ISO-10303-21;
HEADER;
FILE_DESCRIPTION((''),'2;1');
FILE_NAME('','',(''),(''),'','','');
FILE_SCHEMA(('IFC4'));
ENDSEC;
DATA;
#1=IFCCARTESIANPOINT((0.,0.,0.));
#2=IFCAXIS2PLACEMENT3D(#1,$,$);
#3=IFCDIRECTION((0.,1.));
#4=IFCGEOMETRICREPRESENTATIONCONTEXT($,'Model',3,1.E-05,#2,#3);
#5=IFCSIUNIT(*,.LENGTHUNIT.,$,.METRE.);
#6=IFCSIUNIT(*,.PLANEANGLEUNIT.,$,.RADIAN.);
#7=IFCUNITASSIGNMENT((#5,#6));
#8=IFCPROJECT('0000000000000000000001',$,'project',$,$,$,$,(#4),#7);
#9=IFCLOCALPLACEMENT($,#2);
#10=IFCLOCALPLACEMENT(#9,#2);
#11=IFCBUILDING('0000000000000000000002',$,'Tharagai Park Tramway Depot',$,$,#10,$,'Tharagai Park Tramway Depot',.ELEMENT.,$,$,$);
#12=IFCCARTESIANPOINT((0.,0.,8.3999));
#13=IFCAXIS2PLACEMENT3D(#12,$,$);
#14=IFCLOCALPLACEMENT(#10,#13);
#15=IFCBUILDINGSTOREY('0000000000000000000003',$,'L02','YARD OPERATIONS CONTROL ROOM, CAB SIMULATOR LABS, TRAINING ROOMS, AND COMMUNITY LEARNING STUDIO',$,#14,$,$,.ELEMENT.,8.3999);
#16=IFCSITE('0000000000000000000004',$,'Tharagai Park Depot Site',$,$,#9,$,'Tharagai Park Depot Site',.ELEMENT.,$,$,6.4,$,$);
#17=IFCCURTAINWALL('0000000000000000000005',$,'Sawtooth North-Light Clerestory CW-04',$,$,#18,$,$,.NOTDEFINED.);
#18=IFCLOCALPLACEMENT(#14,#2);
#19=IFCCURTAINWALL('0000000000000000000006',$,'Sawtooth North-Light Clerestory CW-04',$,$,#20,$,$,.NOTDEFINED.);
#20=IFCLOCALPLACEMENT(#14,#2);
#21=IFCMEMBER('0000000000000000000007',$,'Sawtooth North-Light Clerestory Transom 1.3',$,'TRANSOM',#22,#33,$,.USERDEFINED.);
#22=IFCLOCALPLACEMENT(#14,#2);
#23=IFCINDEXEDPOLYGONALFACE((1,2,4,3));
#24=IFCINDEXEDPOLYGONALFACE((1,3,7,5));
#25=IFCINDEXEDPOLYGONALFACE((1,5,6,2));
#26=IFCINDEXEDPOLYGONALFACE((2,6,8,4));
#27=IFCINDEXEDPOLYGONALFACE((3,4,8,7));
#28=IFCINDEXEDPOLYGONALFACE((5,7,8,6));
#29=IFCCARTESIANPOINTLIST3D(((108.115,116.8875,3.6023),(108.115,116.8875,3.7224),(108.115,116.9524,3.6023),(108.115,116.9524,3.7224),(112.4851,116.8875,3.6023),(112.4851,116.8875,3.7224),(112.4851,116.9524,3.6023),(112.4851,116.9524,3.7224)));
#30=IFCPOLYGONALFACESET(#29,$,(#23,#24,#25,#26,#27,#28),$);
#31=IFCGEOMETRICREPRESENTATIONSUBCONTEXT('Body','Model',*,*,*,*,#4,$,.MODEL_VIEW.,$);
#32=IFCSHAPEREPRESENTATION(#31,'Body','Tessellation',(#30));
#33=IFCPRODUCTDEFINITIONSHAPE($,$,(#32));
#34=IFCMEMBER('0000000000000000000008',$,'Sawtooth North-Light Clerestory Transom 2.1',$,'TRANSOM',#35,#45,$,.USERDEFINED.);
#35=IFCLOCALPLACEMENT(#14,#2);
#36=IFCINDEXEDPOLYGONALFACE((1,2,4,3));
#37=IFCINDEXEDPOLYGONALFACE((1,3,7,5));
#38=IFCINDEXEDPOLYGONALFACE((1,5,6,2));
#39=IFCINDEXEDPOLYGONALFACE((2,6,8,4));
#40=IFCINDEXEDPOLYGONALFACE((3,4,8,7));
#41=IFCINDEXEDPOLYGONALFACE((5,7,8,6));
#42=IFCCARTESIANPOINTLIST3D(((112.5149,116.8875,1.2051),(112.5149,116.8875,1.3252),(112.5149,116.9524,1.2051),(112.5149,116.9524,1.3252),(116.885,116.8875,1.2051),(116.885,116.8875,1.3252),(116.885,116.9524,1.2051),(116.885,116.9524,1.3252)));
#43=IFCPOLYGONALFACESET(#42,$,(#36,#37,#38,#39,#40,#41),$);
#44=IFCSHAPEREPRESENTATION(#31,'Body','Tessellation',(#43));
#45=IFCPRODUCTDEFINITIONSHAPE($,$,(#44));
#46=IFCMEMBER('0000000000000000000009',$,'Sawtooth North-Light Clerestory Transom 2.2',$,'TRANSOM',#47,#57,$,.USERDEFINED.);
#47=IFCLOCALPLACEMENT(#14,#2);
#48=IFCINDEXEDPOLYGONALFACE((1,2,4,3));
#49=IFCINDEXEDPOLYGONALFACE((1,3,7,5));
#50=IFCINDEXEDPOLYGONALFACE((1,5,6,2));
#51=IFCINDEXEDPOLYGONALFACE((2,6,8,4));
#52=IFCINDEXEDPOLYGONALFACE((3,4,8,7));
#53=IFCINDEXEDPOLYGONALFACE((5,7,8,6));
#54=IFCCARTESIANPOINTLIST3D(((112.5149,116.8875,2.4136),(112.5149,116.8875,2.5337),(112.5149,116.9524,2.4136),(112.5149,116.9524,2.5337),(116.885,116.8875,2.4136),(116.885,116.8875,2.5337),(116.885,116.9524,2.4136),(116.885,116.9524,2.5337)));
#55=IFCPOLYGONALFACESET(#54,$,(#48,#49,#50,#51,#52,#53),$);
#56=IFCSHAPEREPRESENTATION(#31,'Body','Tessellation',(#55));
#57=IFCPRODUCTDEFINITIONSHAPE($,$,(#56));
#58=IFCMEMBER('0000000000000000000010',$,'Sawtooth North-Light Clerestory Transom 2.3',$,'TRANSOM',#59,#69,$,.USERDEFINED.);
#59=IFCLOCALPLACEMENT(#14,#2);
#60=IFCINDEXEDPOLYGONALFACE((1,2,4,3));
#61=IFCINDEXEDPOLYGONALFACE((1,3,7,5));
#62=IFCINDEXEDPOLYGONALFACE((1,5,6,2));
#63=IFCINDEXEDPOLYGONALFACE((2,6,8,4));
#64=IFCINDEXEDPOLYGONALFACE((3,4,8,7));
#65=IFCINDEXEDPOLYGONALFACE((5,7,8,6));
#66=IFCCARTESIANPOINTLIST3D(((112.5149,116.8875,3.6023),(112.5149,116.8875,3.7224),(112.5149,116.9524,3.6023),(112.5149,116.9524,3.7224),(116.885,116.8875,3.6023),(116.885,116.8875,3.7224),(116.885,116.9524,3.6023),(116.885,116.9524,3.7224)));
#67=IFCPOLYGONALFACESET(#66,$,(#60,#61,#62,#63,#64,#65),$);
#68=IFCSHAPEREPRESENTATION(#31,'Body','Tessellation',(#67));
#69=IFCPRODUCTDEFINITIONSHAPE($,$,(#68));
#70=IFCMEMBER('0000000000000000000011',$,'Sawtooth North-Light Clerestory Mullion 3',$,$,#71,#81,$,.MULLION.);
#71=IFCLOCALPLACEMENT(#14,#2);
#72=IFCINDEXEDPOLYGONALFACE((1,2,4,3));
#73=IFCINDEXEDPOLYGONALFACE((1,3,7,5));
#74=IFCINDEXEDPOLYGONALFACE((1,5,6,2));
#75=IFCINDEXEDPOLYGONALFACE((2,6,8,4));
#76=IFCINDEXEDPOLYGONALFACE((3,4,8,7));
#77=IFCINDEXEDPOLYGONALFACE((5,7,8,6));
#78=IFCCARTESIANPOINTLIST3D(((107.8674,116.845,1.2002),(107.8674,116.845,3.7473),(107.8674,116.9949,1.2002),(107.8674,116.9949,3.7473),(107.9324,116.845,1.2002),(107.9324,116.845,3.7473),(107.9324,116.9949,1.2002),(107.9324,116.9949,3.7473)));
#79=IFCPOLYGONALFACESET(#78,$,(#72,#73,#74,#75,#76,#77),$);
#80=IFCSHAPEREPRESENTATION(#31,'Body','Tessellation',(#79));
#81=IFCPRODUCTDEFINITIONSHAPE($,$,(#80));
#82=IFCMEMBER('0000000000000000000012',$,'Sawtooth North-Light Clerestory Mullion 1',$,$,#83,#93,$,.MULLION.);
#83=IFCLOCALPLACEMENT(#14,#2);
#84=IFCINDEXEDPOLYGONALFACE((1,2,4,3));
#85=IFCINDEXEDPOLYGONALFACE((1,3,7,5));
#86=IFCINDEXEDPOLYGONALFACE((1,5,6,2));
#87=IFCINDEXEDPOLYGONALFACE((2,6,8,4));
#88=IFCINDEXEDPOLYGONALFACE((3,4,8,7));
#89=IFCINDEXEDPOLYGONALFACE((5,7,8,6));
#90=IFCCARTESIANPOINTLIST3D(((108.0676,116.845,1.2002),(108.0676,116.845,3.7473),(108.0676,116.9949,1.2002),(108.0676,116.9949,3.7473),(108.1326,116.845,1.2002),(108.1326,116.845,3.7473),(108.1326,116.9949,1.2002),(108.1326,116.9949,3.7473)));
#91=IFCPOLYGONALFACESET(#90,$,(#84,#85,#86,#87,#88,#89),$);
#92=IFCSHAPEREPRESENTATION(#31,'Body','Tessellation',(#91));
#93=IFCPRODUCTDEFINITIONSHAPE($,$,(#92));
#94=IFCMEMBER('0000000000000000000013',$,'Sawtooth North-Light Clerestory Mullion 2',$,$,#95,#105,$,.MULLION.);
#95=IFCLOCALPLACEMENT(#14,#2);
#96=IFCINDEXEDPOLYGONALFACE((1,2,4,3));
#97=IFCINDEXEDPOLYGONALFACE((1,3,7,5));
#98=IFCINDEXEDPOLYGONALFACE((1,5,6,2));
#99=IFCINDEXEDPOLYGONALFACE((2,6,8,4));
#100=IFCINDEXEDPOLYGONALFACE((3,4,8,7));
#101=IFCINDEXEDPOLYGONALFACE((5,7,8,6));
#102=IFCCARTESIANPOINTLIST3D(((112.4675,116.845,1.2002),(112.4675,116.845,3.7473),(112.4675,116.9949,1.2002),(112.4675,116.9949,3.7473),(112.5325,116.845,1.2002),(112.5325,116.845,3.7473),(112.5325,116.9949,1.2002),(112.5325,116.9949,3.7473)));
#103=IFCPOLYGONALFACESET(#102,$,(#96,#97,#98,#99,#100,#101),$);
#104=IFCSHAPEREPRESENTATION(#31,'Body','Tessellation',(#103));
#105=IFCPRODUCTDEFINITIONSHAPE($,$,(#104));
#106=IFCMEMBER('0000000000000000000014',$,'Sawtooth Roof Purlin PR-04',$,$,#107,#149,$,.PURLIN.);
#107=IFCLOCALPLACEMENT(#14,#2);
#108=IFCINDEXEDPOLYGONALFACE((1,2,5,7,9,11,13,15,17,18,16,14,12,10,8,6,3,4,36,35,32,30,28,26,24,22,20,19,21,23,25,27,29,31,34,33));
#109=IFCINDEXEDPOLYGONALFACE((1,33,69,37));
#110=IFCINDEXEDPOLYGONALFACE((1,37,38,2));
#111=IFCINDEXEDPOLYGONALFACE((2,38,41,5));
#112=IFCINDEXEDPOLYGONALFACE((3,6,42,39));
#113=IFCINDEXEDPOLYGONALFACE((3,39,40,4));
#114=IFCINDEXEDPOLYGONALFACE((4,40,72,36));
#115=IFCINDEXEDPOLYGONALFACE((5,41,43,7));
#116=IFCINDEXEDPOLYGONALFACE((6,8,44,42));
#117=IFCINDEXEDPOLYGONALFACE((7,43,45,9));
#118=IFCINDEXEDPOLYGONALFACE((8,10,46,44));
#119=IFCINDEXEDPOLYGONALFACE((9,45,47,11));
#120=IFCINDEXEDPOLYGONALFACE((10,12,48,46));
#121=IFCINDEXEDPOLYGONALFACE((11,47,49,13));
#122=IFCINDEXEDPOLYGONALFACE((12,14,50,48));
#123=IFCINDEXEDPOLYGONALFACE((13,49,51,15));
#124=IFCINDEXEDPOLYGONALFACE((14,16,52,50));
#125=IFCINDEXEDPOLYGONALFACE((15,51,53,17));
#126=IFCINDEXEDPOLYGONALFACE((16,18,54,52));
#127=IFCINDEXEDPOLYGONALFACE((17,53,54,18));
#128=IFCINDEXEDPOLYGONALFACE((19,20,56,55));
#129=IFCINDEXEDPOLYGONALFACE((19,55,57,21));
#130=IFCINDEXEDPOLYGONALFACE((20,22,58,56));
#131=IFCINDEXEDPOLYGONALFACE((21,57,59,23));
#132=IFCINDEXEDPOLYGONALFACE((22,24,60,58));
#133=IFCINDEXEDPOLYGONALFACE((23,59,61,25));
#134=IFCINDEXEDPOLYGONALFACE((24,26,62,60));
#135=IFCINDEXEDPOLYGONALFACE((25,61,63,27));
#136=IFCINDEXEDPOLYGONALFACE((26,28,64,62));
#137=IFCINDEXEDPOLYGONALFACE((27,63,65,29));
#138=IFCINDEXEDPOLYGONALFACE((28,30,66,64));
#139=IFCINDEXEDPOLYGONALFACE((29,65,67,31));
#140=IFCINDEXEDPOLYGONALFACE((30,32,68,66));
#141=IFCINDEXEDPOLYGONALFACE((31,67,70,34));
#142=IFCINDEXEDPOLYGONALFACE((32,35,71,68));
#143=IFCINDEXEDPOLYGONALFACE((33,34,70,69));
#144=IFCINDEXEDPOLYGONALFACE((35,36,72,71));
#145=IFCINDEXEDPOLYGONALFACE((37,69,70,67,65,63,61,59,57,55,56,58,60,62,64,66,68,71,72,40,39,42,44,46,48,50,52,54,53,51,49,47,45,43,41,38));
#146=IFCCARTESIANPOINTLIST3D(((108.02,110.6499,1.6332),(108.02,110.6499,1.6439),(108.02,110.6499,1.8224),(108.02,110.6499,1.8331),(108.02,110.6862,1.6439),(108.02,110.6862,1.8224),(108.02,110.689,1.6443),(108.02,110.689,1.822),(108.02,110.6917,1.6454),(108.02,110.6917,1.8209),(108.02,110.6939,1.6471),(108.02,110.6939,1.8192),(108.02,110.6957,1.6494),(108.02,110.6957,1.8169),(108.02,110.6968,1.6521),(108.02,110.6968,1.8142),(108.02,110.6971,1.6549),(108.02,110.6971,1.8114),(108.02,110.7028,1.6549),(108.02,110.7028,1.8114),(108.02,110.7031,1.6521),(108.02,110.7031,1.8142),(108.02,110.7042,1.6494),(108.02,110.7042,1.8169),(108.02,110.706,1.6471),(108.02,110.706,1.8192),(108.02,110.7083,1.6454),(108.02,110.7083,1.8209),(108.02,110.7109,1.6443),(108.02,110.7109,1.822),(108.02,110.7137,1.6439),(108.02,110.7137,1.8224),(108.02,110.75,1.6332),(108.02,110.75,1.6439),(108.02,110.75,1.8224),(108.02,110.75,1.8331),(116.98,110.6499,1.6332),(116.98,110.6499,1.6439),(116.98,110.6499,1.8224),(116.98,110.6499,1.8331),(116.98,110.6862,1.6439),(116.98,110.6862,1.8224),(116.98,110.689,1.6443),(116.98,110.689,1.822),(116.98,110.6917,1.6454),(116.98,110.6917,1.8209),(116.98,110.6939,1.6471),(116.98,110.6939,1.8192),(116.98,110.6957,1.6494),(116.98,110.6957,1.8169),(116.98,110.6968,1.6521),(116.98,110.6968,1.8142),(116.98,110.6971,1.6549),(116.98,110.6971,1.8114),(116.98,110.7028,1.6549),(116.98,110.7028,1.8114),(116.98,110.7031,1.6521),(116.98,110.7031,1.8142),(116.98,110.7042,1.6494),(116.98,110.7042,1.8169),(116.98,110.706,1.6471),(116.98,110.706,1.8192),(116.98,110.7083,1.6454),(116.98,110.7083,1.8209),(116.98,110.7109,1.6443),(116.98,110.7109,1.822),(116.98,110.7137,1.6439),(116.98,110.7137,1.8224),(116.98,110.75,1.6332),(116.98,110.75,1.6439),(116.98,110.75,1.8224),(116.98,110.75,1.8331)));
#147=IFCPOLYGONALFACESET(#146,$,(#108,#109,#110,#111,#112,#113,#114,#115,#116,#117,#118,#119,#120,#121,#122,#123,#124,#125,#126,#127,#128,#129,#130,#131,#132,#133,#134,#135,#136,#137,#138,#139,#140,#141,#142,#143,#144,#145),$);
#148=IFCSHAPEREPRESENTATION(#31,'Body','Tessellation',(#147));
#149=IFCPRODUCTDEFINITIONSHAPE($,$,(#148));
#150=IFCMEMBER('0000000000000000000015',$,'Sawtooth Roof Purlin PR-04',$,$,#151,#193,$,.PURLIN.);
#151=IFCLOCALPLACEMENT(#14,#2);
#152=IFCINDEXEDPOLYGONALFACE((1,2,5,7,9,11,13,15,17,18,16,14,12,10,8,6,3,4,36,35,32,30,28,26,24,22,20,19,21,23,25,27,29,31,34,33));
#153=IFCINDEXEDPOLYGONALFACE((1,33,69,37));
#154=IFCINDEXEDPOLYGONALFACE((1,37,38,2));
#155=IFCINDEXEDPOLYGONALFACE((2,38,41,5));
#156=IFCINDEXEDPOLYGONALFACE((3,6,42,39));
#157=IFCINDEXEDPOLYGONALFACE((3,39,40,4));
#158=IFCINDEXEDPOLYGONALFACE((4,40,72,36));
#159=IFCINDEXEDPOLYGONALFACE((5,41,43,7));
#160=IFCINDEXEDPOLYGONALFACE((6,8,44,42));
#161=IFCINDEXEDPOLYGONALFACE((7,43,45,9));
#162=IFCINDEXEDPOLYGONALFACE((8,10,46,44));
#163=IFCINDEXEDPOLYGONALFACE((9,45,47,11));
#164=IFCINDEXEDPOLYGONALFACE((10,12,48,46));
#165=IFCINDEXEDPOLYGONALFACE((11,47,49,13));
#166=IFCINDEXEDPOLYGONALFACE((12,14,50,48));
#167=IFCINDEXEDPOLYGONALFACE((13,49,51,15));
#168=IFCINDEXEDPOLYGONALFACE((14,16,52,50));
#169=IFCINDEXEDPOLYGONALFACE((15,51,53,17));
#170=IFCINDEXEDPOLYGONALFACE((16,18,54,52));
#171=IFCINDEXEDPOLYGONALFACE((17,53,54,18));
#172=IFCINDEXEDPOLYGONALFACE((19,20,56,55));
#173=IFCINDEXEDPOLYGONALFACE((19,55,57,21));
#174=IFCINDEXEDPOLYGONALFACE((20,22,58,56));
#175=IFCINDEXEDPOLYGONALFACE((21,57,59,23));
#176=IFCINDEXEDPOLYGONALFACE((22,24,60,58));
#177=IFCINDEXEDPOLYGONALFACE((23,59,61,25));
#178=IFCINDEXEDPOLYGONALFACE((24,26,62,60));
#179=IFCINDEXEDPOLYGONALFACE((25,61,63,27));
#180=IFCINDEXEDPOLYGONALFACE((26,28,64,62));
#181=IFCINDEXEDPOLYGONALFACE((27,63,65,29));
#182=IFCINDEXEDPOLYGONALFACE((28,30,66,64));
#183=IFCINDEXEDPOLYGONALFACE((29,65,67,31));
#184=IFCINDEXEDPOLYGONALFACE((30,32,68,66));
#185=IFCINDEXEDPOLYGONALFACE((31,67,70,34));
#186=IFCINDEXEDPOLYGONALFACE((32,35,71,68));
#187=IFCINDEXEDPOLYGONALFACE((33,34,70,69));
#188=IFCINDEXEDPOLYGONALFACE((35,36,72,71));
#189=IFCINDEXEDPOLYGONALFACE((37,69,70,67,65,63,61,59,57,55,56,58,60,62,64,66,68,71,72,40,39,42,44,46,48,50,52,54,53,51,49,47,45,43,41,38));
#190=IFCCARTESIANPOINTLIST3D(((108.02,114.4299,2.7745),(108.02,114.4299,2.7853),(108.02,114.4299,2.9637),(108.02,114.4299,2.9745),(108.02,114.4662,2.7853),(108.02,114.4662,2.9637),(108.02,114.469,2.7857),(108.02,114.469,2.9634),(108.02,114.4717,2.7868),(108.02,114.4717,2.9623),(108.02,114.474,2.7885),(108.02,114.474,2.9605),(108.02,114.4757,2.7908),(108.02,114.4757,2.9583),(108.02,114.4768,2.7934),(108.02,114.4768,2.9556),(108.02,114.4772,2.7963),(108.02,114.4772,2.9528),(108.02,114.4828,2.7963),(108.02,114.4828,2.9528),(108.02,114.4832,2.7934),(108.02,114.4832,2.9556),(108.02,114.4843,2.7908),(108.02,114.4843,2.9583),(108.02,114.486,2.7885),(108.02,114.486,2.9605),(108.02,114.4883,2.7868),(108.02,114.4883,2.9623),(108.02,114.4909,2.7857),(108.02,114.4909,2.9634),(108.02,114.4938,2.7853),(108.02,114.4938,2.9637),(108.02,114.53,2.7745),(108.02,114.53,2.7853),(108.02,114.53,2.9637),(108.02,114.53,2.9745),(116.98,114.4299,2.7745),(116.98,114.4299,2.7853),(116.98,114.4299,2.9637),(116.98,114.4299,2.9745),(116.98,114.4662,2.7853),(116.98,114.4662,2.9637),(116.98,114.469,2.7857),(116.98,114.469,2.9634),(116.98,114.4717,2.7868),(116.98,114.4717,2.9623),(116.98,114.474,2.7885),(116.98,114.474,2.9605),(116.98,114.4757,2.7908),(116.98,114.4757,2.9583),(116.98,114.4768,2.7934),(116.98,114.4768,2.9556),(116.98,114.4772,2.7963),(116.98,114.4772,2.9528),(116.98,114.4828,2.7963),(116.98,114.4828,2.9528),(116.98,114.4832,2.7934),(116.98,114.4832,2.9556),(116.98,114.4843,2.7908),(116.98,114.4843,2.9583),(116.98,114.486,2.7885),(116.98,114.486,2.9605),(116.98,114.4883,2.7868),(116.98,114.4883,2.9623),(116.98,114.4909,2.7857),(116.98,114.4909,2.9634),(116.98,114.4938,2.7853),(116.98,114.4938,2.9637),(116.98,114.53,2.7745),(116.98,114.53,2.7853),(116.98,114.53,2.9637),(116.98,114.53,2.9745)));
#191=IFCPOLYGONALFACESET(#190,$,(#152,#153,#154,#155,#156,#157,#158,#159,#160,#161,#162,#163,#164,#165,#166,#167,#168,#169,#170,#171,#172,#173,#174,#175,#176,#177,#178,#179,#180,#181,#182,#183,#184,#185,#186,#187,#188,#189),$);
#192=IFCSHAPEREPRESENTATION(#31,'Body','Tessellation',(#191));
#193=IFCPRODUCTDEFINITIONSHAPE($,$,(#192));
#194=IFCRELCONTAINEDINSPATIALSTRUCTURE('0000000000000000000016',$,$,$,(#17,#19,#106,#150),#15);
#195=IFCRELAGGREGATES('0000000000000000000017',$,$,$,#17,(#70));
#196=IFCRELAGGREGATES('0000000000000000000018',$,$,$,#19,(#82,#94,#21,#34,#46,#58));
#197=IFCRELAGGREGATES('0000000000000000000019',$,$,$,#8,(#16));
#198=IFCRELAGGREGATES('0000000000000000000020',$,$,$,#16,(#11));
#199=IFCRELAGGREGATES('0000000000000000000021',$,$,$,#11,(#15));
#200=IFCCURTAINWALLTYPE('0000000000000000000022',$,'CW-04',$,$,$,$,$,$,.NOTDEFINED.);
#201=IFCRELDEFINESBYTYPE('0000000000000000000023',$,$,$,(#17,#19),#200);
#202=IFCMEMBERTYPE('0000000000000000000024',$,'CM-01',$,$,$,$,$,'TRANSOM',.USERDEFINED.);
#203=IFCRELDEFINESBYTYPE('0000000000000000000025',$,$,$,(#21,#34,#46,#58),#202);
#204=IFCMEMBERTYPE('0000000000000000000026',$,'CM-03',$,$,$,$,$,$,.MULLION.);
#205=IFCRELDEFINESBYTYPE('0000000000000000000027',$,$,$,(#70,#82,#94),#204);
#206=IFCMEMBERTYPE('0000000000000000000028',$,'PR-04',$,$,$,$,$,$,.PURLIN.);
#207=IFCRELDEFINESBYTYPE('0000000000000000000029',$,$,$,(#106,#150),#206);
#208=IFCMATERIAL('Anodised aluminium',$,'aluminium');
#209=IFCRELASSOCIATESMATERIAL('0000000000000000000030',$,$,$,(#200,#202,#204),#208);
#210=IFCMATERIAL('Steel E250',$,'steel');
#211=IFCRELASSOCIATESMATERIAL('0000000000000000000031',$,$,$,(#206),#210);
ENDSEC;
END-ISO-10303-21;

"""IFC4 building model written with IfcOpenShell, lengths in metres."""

from ifc_helpers import new_model, si_unit, direction, frame, origin, origin_2d, place, context, subcontext, project, spatial, rectangle, i_section, extrude, material, material_profile, profile_set, type_object, element, aggregate, save


model = new_model("IFC4")

# Units and contexts
model_context = context("Model", 3, precision=1e-05, world=origin(), true_north=direction((0.0, 1.0)))
body_context = subcontext(model_context, "Body", "Model", "MODEL_VIEW")
ifc_project = project(units=[si_unit("LENGTHUNIT", "METRE"), si_unit("PLANEANGLEUNIT", "RADIAN")], contexts=[model_context])

# Site, building, storey
site_placement = place(None, origin())
site = spatial("IfcSite", under=ifc_project, at=site_placement, Name="Tharagai Park Depot Site", LongName="Tharagai Park Depot Site", CompositionType="ELEMENT", RefElevation=6.4)
building_placement = place(site_placement, origin())
building = spatial("IfcBuilding", under=site, at=building_placement, Name="Tharagai Park Tramway Depot", LongName="Tharagai Park Tramway Depot", CompositionType="ELEMENT")
storey_placement = place(building_placement, frame((0.0, 0.0, 8.3999)))
storey = spatial("IfcBuildingStorey", under=building, at=storey_placement, Name="L02", Description="YARD OPERATIONS CONTROL ROOM, CAB SIMULATOR LABS, TRAINING ROOMS, AND COMMUNITY LEARNING STUDIO", CompositionType="ELEMENT", Elevation=8.3999)

# Shared definitions
ifc_material_1 = material(Name="Steel E250", Category="steel")

# Curtain wall
ifc_material_2 = material(Name="Anodised aluminium", Category="aluminium")
curtain_wall_type = type_object("IfcCurtainWallType", Name="CW-04", PredefinedType="NOTDEFINED", material=ifc_material_2)
curtain_wall_1_placement = place(storey_placement, origin())
curtain_wall_1 = element("IfcCurtainWall", 1, at=curtain_wall_1_placement, inside=storey, type_object=curtain_wall_type, Name="Sawtooth North-Light Clerestory CW-04", PredefinedType="NOTDEFINED")
ifc_material_profile_1 = material_profile(ifc_material_2, rectangle(XDim=0.0649, YDim=0.1201, at=origin_2d()), Name="ALU 65x120")
ifc_profile_set_1 = profile_set([ifc_material_profile_1], Name="Anodised aluminium")
member_type_1 = type_object("IfcMemberType", Name="CM-01", ElementType="TRANSOM", PredefinedType="USERDEFINED", material=ifc_profile_set_1)

# Curtain wall, members
curtain_wall_2_placement = place(storey_placement, origin())
curtain_wall_2 = element("IfcCurtainWall", 2, at=curtain_wall_2_placement, inside=storey, type_object=curtain_wall_type, Name="Sawtooth North-Light Clerestory CW-04", PredefinedType="NOTDEFINED")
member_1_placement = place(storey_placement, frame((108.115, 116.9199, 3.6624), z_axis=(1.0, 0.0, 0.0), x_axis=(0.0, 1.0, 0.0)))
member_1 = element("IfcMember", 3, at=member_1_placement, type_object=member_type_1, Name="Sawtooth North-Light Clerestory Transom 1.3", ObjectType="TRANSOM", PredefinedType="USERDEFINED", context=body_context, shape_type="SweptSolid", body=[
    extrude(rectangle(XDim=0.0649, YDim=0.1201, at=origin_2d()), origin(), (0.0, 0.0, 1.0), 4.3701),
])
member_2_placement = place(storey_placement, frame((112.5149, 116.9199, 1.2651), z_axis=(1.0, 0.0, 0.0), x_axis=(0.0, 1.0, 0.0)))
member_2 = element("IfcMember", 4, at=member_2_placement, type_object=member_type_1, Name="Sawtooth North-Light Clerestory Transom 2.1", ObjectType="TRANSOM", PredefinedType="USERDEFINED", context=body_context, shape_type="SweptSolid", body=[
    extrude(rectangle(XDim=0.0649, YDim=0.1201, at=origin_2d()), origin(), (0.0, 0.0, 1.0), 4.3701),
])
member_3_placement = place(storey_placement, frame((112.5149, 116.9199, 2.4736), z_axis=(1.0, 0.0, 0.0), x_axis=(0.0, 1.0, 0.0)))
member_3 = element("IfcMember", 5, at=member_3_placement, type_object=member_type_1, Name="Sawtooth North-Light Clerestory Transom 2.2", ObjectType="TRANSOM", PredefinedType="USERDEFINED", context=body_context, shape_type="SweptSolid", body=[
    extrude(rectangle(XDim=0.0649, YDim=0.1201, at=origin_2d()), origin(), (0.0, 0.0, 1.0), 4.3701),
])
member_4_placement = place(storey_placement, frame((112.5149, 116.9199, 3.6624), z_axis=(1.0, 0.0, 0.0), x_axis=(0.0, 1.0, 0.0)))
member_4 = element("IfcMember", 6, at=member_4_placement, type_object=member_type_1, Name="Sawtooth North-Light Clerestory Transom 2.3", ObjectType="TRANSOM", PredefinedType="USERDEFINED", context=body_context, shape_type="SweptSolid", body=[
    extrude(rectangle(XDim=0.0649, YDim=0.1201, at=origin_2d()), origin(), (0.0, 0.0, 1.0), 4.3701),
])

# Members
ifc_material_profile_2 = material_profile(ifc_material_2, rectangle(XDim=0.0649, YDim=0.1499, at=origin_2d()), Name="ALU 65x150")
ifc_profile_set_2 = profile_set([ifc_material_profile_2], Name="Anodised aluminium")
member_type_2 = type_object("IfcMemberType", Name="CM-03", PredefinedType="MULLION", material=ifc_profile_set_2)
member_5_placement = place(storey_placement, frame((107.8999, 116.9199, 1.2002), z_axis=(0.0, 0.0, 1.0), x_axis=(1.0, 0.0, 0.0)))
member_5 = element("IfcMember", 7, at=member_5_placement, type_object=member_type_2, Name="Sawtooth North-Light Clerestory Mullion 3", PredefinedType="MULLION", context=body_context, shape_type="SweptSolid", body=[
    extrude(rectangle(XDim=0.0649, YDim=0.1499, at=origin_2d()), origin(), (0.0, 0.0, 1.0), 2.5471),
])
member_6_placement = place(storey_placement, frame((108.1001, 116.9199, 1.2002), z_axis=(0.0, 0.0, 1.0), x_axis=(1.0, 0.0, 0.0)))
member_6 = element("IfcMember", 8, at=member_6_placement, type_object=member_type_2, Name="Sawtooth North-Light Clerestory Mullion 1", PredefinedType="MULLION", context=body_context, shape_type="SweptSolid", body=[
    extrude(rectangle(XDim=0.0649, YDim=0.1499, at=origin_2d()), origin(), (0.0, 0.0, 1.0), 2.5471),
])
member_7_placement = place(storey_placement, frame((112.5, 116.9199, 1.2002), z_axis=(0.0, 0.0, 1.0), x_axis=(1.0, 0.0, 0.0)))
member_7 = element("IfcMember", 9, at=member_7_placement, type_object=member_type_2, Name="Sawtooth North-Light Clerestory Mullion 2", PredefinedType="MULLION", context=body_context, shape_type="SweptSolid", body=[
    extrude(rectangle(XDim=0.0649, YDim=0.1499, at=origin_2d()), origin(), (0.0, 0.0, 1.0), 2.5471),
])

# Members
ifc_material_profile_3 = material_profile(ifc_material_1, i_section(OverallWidth=0.1001, OverallDepth=0.2, WebThickness=0.0056, FlangeThickness=0.0107, FilletRadius=0.011, at=origin_2d()), Name="ISMB 200")
ifc_profile_set_3 = profile_set([ifc_material_profile_3], Name="Steel E250")
member_type_3 = type_object("IfcMemberType", Name="PR-04", PredefinedType="PURLIN", material=ifc_profile_set_3)
for number, where, z_axis, x_axis, name in (
    (10, (108.02, 110.7, 1.7332), (1.0, 0.0, 0.0), (0.0, 1.0, 0.0), "Sawtooth Roof Purlin PR-04"),
    (11, (108.02, 114.48, 2.8745), (1.0, 0.0, 0.0), (0.0, 1.0, 0.0), "Sawtooth Roof Purlin PR-04"),
):
    element("IfcMember", number, at=place(storey_placement, frame(where, z_axis=z_axis, x_axis=x_axis)), inside=storey, type_object=member_type_3, Name=name, PredefinedType="PURLIN", context=body_context, shape_type="SweptSolid", body=[
        extrude(i_section(OverallWidth=0.1001, OverallDepth=0.2, WebThickness=0.0056, FlangeThickness=0.0107, FilletRadius=0.011, at=origin_2d()), origin(), (0.0, 0.0, 1.0), 8.96),
    ])

aggregate(curtain_wall_1, [member_5])
aggregate(curtain_wall_2, [member_6, member_7, member_1, member_2, member_3, member_4])

save(model, "model.ifc")
